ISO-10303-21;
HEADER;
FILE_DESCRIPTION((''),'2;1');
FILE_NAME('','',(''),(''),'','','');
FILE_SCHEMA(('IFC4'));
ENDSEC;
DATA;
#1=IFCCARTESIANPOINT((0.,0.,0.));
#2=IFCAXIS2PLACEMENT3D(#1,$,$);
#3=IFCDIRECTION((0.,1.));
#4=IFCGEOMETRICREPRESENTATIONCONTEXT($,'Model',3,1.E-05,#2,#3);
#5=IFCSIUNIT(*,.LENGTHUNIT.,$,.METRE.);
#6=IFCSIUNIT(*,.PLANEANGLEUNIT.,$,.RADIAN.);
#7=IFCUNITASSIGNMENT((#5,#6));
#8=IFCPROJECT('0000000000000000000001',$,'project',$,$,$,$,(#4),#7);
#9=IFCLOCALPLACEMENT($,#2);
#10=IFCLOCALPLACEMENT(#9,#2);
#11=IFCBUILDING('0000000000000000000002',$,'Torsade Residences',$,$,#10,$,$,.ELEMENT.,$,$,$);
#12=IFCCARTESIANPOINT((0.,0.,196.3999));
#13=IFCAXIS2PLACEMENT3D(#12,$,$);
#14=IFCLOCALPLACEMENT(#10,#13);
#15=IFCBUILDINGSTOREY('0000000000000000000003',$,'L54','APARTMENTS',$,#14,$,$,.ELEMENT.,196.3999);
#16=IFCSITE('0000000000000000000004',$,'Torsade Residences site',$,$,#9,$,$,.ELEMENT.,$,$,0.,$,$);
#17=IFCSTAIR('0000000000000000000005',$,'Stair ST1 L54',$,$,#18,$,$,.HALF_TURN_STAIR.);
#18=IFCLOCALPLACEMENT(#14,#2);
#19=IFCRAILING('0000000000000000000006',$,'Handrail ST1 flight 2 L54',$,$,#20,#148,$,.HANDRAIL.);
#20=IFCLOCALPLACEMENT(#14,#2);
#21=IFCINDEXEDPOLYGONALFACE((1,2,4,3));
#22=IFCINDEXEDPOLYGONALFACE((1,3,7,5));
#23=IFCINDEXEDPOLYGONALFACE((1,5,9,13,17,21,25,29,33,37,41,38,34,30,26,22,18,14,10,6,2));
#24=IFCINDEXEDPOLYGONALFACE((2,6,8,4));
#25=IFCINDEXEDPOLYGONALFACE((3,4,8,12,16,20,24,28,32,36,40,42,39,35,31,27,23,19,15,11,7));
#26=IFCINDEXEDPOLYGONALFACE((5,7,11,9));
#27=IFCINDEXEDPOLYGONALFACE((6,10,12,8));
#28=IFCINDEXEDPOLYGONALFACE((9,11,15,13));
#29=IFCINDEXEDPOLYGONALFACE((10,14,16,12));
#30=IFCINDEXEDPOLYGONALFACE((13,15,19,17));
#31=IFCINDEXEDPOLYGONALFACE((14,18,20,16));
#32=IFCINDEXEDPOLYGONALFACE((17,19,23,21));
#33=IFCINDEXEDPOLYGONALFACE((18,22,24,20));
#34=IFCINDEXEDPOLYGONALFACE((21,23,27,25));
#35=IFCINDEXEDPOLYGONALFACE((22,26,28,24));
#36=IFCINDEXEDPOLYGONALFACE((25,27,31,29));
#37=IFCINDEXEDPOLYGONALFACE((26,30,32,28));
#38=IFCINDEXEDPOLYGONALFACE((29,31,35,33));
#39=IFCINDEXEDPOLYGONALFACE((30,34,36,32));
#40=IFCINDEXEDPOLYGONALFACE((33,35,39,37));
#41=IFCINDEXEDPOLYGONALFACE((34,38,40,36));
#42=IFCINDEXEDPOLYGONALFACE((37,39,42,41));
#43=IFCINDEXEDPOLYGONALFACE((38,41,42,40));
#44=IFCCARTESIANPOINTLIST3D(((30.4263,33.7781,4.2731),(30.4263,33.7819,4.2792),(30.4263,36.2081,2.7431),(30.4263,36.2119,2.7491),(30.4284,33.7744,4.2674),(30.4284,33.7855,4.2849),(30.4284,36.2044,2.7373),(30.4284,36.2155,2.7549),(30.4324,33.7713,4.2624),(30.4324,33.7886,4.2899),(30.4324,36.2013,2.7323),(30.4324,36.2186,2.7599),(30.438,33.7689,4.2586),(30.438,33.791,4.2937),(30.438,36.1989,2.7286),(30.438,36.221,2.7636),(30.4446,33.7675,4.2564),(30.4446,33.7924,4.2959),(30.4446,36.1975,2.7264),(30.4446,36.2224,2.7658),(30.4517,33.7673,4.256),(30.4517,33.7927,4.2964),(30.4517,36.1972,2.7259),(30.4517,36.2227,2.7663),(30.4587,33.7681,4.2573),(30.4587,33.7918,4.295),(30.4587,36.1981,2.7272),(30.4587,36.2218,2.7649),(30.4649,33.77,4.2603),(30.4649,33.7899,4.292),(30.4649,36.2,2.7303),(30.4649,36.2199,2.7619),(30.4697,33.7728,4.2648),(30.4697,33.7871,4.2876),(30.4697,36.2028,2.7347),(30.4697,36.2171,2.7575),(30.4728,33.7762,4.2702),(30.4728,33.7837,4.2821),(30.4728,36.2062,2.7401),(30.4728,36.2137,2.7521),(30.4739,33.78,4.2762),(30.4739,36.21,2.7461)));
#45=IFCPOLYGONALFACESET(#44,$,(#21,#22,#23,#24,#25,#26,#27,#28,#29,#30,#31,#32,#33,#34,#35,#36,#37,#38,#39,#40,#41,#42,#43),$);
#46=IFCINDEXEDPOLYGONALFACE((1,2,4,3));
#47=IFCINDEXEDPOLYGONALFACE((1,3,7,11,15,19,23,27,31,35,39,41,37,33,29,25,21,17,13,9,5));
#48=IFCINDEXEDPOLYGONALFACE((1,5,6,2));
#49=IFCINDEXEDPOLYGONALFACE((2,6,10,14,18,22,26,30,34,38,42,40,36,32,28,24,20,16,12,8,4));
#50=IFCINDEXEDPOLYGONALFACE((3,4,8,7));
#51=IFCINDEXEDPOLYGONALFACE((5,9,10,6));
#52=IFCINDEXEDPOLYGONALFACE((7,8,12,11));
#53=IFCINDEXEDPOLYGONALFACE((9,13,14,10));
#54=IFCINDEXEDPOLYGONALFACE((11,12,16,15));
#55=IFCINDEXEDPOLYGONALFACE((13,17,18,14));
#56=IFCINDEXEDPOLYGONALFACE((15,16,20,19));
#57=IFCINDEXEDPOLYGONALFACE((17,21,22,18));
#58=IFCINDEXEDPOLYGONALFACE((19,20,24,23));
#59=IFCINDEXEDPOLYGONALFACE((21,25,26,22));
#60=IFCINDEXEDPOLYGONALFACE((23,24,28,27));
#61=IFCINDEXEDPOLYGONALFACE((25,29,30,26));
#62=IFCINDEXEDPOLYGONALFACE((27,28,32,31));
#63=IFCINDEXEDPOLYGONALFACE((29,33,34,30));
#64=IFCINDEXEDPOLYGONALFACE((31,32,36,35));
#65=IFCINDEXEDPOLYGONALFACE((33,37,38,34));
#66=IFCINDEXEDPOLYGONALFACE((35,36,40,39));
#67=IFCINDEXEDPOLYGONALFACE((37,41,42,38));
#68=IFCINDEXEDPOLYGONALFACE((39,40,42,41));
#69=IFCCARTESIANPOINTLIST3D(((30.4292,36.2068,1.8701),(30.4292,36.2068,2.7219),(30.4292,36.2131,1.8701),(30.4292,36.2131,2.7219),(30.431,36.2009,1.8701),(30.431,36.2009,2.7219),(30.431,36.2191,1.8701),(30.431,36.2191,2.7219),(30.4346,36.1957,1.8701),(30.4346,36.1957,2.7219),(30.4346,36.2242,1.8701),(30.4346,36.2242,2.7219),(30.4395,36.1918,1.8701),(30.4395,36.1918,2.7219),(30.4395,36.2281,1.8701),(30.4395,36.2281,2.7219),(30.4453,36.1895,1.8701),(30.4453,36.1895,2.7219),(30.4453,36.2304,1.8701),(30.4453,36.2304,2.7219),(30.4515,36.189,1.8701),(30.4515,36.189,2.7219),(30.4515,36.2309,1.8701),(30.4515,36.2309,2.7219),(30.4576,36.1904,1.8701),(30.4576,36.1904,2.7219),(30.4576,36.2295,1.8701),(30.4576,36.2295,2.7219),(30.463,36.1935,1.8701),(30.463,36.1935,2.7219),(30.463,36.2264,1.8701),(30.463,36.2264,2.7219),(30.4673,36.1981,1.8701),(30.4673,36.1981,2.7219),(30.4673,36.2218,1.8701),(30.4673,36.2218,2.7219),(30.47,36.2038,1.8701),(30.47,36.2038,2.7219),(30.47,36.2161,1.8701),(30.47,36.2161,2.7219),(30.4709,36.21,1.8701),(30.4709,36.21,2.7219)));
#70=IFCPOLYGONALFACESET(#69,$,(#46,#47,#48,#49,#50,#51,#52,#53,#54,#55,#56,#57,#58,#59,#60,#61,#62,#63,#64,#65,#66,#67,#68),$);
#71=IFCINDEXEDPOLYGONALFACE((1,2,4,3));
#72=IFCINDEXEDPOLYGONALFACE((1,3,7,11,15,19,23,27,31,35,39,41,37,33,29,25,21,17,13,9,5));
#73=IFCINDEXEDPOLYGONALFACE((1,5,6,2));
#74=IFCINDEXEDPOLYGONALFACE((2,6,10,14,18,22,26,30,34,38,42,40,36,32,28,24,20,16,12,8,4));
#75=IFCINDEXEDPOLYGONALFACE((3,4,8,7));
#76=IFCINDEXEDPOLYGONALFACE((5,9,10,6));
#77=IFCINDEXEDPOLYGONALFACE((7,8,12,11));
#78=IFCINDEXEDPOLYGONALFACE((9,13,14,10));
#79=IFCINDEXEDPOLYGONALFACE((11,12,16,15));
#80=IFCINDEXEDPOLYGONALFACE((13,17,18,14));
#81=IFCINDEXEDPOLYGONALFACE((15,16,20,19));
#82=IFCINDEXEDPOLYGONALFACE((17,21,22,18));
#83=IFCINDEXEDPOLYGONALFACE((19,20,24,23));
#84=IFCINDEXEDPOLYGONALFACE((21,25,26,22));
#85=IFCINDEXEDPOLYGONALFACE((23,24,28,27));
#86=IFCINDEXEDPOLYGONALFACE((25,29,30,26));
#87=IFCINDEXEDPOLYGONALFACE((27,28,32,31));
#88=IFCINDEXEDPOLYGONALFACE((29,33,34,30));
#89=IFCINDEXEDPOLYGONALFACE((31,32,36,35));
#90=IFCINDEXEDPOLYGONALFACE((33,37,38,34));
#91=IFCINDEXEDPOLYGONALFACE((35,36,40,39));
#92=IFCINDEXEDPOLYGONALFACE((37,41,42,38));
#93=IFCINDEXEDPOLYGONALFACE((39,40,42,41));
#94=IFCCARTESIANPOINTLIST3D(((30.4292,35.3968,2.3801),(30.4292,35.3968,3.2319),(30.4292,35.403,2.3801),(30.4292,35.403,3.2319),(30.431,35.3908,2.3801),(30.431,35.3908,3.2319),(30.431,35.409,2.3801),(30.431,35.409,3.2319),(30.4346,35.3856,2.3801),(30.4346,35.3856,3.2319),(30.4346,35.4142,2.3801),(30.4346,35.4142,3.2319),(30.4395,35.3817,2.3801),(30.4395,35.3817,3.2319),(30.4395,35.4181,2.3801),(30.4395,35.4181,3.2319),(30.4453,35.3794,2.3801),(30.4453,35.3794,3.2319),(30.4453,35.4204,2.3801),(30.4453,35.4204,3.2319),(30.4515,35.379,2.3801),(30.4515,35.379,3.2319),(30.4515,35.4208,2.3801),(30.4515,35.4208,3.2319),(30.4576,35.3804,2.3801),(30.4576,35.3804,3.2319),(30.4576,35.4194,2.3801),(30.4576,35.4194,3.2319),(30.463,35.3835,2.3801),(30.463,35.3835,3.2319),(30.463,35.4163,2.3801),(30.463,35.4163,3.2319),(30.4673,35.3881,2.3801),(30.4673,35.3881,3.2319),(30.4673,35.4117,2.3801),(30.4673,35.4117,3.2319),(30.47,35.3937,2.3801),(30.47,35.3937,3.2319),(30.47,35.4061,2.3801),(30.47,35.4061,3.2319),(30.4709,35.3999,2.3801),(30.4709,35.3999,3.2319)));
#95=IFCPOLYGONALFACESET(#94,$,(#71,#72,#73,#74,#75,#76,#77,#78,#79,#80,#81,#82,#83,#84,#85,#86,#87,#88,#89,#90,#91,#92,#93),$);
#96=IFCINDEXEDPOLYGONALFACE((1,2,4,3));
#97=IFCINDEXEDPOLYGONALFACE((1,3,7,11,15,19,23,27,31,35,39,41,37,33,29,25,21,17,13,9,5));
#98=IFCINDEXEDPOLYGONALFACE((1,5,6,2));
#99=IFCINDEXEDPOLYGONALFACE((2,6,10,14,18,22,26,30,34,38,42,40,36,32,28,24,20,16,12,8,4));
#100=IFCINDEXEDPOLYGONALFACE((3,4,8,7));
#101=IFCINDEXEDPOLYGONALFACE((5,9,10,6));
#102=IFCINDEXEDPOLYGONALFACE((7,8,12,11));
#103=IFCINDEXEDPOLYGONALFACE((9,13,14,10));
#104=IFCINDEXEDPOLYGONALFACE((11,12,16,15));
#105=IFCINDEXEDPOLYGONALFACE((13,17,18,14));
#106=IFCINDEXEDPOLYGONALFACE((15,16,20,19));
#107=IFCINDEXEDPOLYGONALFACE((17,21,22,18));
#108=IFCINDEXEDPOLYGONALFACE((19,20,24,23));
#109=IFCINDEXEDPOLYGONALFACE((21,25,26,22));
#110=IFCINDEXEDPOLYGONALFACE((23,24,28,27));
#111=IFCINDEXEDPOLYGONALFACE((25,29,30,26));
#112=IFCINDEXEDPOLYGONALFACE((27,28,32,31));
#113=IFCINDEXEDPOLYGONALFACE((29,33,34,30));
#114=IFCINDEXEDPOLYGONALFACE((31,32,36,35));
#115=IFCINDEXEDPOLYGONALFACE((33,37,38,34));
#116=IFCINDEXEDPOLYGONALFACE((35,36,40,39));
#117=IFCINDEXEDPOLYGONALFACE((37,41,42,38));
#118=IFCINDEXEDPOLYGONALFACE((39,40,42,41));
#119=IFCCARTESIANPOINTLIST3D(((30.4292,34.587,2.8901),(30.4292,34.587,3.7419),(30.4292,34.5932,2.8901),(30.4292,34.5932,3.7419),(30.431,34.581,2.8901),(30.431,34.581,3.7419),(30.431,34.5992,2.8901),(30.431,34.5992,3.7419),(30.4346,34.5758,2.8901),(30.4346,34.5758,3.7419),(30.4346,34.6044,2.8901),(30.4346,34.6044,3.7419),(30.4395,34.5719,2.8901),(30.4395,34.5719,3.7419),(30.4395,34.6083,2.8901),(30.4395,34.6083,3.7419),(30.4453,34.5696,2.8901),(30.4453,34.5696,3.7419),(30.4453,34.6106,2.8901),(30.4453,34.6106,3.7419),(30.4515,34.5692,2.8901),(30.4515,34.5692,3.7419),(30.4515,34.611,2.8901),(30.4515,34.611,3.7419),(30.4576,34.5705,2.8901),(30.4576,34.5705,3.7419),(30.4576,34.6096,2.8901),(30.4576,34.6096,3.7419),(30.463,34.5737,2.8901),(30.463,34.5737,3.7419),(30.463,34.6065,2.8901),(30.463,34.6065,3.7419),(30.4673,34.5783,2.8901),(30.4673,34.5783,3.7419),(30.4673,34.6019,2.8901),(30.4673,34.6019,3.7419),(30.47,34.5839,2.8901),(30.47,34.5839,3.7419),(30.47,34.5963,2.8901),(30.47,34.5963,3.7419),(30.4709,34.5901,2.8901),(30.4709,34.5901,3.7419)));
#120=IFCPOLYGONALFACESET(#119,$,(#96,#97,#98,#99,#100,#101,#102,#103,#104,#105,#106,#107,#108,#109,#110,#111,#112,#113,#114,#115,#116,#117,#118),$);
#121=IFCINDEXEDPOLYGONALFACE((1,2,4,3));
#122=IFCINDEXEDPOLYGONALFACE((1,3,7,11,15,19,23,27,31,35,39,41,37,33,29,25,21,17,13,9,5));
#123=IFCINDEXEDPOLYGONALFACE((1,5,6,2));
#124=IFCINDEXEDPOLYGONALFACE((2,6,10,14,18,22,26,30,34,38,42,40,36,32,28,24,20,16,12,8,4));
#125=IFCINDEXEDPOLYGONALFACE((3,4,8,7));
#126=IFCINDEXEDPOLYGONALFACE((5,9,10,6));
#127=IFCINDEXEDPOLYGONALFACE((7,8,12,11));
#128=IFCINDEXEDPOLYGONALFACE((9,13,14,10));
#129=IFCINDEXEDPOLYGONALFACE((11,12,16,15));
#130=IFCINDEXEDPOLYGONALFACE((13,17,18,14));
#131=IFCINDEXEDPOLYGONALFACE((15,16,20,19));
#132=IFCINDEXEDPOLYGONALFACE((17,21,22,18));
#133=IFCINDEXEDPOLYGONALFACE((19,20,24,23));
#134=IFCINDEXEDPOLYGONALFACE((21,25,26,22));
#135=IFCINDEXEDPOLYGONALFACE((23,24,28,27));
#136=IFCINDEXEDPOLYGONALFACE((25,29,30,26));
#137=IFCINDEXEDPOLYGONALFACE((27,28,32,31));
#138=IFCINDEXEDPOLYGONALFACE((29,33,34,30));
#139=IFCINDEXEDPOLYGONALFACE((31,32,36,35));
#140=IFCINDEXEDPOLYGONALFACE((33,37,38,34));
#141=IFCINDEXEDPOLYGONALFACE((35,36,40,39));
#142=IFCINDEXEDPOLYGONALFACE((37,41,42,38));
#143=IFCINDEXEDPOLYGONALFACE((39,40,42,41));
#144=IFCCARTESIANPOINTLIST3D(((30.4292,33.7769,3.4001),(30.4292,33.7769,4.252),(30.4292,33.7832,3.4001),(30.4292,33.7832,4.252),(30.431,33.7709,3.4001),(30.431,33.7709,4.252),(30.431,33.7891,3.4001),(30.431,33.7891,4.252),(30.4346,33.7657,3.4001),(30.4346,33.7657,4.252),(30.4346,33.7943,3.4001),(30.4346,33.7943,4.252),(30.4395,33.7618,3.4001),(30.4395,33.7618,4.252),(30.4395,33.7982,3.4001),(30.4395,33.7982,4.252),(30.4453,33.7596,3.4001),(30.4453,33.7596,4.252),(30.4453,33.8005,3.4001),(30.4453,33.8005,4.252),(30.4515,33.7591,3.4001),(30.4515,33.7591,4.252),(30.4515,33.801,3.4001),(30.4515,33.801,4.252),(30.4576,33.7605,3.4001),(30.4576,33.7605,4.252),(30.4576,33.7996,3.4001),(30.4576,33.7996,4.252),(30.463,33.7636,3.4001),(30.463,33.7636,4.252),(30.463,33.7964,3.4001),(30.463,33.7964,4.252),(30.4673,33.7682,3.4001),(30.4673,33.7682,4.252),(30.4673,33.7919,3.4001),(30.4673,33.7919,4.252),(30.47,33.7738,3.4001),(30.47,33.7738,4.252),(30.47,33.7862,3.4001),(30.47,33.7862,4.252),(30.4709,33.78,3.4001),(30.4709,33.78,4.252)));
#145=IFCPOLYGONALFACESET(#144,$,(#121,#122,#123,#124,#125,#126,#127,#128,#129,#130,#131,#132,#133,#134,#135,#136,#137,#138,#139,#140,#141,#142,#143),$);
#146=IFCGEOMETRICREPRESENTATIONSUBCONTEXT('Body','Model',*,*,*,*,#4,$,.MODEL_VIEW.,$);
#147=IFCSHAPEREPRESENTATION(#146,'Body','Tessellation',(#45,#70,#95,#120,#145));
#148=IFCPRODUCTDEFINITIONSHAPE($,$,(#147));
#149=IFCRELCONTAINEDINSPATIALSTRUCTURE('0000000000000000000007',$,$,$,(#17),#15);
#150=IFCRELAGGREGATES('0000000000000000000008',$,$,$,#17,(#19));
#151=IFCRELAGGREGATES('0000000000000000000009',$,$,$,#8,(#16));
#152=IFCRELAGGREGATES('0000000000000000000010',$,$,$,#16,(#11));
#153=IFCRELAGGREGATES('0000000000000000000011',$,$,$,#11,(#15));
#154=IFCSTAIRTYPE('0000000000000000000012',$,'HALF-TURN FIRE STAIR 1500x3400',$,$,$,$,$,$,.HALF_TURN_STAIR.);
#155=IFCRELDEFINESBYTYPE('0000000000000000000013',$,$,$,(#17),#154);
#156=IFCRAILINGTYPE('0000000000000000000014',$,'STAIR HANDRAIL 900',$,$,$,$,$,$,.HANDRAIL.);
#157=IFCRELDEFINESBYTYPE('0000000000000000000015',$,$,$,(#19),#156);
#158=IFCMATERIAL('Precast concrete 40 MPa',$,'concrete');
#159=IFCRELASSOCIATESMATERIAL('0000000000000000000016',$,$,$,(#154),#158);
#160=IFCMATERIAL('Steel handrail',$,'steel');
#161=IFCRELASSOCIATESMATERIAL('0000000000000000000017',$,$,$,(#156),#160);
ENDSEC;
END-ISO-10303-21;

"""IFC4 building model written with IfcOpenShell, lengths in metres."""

from ifc_helpers import new_model, si_unit, direction, frame, origin, origin_2d, place, context, subcontext, project, spatial, circle, extrude, material, type_object, element, aggregate, save


model = new_model("IFC4")

# Units and contexts
model_context = context("Model", 3, precision=1e-05, world=origin(), true_north=direction((0.0, 1.0)))
body_context = subcontext(model_context, "Body", "Model", "MODEL_VIEW")
ifc_project = project(units=[si_unit("LENGTHUNIT", "METRE"), si_unit("PLANEANGLEUNIT", "RADIAN")], contexts=[model_context])

# Site, building, storey
site_placement = place(None, origin())
site = spatial("IfcSite", under=ifc_project, at=site_placement, Name="Torsade Residences site", CompositionType="ELEMENT", RefElevation=0.0)
building_placement = place(site_placement, origin())
building = spatial("IfcBuilding", under=site, at=building_placement, Name="Torsade Residences", CompositionType="ELEMENT")
storey_placement = place(building_placement, frame((0.0, 0.0, 196.3999)))
storey = spatial("IfcBuildingStorey", under=building, at=storey_placement, Name="L54", Description="APARTMENTS", CompositionType="ELEMENT", Elevation=196.3999)

# Stair, railing
ifc_material_1 = material(Name="Precast concrete 40 MPa", Category="concrete")
stair_type = type_object("IfcStairType", Name="HALF-TURN FIRE STAIR 1500x3400", PredefinedType="HALF_TURN_STAIR", material=ifc_material_1)
stair_placement = place(storey_placement, origin())
stair = element("IfcStair", 1, at=stair_placement, inside=storey, type_object=stair_type, Name="Stair ST1 L54", PredefinedType="HALF_TURN_STAIR")
ifc_material_2 = material(Name="Steel handrail", Category="steel")
railing_type = type_object("IfcRailingType", Name="STAIR HANDRAIL 900", PredefinedType="HANDRAIL", material=ifc_material_2)
railing_1_placement = place(storey_placement, frame((30.45, 36.21, 1.8701)))
railing_1 = element("IfcRailing", 2, at=railing_1_placement, type_object=railing_type, Name="Handrail ST1 flight 2 L54", PredefinedType="HANDRAIL", context=body_context, shape_type="SweptSolid", body=[
    extrude(circle(Radius=0.0239, at=origin_2d()), frame((0.0, 0.0, 0.876), z_axis=(0.0, -0.846221, 0.532831), x_axis=(1.0, 0.0, 0.0)), (0.0, 0.0, 1.0), 2.8716),
    extrude(circle(Radius=0.021, at=origin_2d()), origin(), (0.0, 0.0, 1.0), 0.8518),
    extrude(circle(Radius=0.021, at=origin_2d()), frame((0.0, -0.8101, 0.51)), (0.0, 0.0, 1.0), 0.8518),
    extrude(circle(Radius=0.021, at=origin_2d()), frame((0.0, -1.6199, 1.02)), (0.0, 0.0, 1.0), 0.8518),
    extrude(circle(Radius=0.021, at=origin_2d()), frame((0.0, -2.4299, 1.53)), (0.0, 0.0, 1.0), 0.8518),
])
aggregate(stair, [railing_1])

save(model, "model.ifc")
